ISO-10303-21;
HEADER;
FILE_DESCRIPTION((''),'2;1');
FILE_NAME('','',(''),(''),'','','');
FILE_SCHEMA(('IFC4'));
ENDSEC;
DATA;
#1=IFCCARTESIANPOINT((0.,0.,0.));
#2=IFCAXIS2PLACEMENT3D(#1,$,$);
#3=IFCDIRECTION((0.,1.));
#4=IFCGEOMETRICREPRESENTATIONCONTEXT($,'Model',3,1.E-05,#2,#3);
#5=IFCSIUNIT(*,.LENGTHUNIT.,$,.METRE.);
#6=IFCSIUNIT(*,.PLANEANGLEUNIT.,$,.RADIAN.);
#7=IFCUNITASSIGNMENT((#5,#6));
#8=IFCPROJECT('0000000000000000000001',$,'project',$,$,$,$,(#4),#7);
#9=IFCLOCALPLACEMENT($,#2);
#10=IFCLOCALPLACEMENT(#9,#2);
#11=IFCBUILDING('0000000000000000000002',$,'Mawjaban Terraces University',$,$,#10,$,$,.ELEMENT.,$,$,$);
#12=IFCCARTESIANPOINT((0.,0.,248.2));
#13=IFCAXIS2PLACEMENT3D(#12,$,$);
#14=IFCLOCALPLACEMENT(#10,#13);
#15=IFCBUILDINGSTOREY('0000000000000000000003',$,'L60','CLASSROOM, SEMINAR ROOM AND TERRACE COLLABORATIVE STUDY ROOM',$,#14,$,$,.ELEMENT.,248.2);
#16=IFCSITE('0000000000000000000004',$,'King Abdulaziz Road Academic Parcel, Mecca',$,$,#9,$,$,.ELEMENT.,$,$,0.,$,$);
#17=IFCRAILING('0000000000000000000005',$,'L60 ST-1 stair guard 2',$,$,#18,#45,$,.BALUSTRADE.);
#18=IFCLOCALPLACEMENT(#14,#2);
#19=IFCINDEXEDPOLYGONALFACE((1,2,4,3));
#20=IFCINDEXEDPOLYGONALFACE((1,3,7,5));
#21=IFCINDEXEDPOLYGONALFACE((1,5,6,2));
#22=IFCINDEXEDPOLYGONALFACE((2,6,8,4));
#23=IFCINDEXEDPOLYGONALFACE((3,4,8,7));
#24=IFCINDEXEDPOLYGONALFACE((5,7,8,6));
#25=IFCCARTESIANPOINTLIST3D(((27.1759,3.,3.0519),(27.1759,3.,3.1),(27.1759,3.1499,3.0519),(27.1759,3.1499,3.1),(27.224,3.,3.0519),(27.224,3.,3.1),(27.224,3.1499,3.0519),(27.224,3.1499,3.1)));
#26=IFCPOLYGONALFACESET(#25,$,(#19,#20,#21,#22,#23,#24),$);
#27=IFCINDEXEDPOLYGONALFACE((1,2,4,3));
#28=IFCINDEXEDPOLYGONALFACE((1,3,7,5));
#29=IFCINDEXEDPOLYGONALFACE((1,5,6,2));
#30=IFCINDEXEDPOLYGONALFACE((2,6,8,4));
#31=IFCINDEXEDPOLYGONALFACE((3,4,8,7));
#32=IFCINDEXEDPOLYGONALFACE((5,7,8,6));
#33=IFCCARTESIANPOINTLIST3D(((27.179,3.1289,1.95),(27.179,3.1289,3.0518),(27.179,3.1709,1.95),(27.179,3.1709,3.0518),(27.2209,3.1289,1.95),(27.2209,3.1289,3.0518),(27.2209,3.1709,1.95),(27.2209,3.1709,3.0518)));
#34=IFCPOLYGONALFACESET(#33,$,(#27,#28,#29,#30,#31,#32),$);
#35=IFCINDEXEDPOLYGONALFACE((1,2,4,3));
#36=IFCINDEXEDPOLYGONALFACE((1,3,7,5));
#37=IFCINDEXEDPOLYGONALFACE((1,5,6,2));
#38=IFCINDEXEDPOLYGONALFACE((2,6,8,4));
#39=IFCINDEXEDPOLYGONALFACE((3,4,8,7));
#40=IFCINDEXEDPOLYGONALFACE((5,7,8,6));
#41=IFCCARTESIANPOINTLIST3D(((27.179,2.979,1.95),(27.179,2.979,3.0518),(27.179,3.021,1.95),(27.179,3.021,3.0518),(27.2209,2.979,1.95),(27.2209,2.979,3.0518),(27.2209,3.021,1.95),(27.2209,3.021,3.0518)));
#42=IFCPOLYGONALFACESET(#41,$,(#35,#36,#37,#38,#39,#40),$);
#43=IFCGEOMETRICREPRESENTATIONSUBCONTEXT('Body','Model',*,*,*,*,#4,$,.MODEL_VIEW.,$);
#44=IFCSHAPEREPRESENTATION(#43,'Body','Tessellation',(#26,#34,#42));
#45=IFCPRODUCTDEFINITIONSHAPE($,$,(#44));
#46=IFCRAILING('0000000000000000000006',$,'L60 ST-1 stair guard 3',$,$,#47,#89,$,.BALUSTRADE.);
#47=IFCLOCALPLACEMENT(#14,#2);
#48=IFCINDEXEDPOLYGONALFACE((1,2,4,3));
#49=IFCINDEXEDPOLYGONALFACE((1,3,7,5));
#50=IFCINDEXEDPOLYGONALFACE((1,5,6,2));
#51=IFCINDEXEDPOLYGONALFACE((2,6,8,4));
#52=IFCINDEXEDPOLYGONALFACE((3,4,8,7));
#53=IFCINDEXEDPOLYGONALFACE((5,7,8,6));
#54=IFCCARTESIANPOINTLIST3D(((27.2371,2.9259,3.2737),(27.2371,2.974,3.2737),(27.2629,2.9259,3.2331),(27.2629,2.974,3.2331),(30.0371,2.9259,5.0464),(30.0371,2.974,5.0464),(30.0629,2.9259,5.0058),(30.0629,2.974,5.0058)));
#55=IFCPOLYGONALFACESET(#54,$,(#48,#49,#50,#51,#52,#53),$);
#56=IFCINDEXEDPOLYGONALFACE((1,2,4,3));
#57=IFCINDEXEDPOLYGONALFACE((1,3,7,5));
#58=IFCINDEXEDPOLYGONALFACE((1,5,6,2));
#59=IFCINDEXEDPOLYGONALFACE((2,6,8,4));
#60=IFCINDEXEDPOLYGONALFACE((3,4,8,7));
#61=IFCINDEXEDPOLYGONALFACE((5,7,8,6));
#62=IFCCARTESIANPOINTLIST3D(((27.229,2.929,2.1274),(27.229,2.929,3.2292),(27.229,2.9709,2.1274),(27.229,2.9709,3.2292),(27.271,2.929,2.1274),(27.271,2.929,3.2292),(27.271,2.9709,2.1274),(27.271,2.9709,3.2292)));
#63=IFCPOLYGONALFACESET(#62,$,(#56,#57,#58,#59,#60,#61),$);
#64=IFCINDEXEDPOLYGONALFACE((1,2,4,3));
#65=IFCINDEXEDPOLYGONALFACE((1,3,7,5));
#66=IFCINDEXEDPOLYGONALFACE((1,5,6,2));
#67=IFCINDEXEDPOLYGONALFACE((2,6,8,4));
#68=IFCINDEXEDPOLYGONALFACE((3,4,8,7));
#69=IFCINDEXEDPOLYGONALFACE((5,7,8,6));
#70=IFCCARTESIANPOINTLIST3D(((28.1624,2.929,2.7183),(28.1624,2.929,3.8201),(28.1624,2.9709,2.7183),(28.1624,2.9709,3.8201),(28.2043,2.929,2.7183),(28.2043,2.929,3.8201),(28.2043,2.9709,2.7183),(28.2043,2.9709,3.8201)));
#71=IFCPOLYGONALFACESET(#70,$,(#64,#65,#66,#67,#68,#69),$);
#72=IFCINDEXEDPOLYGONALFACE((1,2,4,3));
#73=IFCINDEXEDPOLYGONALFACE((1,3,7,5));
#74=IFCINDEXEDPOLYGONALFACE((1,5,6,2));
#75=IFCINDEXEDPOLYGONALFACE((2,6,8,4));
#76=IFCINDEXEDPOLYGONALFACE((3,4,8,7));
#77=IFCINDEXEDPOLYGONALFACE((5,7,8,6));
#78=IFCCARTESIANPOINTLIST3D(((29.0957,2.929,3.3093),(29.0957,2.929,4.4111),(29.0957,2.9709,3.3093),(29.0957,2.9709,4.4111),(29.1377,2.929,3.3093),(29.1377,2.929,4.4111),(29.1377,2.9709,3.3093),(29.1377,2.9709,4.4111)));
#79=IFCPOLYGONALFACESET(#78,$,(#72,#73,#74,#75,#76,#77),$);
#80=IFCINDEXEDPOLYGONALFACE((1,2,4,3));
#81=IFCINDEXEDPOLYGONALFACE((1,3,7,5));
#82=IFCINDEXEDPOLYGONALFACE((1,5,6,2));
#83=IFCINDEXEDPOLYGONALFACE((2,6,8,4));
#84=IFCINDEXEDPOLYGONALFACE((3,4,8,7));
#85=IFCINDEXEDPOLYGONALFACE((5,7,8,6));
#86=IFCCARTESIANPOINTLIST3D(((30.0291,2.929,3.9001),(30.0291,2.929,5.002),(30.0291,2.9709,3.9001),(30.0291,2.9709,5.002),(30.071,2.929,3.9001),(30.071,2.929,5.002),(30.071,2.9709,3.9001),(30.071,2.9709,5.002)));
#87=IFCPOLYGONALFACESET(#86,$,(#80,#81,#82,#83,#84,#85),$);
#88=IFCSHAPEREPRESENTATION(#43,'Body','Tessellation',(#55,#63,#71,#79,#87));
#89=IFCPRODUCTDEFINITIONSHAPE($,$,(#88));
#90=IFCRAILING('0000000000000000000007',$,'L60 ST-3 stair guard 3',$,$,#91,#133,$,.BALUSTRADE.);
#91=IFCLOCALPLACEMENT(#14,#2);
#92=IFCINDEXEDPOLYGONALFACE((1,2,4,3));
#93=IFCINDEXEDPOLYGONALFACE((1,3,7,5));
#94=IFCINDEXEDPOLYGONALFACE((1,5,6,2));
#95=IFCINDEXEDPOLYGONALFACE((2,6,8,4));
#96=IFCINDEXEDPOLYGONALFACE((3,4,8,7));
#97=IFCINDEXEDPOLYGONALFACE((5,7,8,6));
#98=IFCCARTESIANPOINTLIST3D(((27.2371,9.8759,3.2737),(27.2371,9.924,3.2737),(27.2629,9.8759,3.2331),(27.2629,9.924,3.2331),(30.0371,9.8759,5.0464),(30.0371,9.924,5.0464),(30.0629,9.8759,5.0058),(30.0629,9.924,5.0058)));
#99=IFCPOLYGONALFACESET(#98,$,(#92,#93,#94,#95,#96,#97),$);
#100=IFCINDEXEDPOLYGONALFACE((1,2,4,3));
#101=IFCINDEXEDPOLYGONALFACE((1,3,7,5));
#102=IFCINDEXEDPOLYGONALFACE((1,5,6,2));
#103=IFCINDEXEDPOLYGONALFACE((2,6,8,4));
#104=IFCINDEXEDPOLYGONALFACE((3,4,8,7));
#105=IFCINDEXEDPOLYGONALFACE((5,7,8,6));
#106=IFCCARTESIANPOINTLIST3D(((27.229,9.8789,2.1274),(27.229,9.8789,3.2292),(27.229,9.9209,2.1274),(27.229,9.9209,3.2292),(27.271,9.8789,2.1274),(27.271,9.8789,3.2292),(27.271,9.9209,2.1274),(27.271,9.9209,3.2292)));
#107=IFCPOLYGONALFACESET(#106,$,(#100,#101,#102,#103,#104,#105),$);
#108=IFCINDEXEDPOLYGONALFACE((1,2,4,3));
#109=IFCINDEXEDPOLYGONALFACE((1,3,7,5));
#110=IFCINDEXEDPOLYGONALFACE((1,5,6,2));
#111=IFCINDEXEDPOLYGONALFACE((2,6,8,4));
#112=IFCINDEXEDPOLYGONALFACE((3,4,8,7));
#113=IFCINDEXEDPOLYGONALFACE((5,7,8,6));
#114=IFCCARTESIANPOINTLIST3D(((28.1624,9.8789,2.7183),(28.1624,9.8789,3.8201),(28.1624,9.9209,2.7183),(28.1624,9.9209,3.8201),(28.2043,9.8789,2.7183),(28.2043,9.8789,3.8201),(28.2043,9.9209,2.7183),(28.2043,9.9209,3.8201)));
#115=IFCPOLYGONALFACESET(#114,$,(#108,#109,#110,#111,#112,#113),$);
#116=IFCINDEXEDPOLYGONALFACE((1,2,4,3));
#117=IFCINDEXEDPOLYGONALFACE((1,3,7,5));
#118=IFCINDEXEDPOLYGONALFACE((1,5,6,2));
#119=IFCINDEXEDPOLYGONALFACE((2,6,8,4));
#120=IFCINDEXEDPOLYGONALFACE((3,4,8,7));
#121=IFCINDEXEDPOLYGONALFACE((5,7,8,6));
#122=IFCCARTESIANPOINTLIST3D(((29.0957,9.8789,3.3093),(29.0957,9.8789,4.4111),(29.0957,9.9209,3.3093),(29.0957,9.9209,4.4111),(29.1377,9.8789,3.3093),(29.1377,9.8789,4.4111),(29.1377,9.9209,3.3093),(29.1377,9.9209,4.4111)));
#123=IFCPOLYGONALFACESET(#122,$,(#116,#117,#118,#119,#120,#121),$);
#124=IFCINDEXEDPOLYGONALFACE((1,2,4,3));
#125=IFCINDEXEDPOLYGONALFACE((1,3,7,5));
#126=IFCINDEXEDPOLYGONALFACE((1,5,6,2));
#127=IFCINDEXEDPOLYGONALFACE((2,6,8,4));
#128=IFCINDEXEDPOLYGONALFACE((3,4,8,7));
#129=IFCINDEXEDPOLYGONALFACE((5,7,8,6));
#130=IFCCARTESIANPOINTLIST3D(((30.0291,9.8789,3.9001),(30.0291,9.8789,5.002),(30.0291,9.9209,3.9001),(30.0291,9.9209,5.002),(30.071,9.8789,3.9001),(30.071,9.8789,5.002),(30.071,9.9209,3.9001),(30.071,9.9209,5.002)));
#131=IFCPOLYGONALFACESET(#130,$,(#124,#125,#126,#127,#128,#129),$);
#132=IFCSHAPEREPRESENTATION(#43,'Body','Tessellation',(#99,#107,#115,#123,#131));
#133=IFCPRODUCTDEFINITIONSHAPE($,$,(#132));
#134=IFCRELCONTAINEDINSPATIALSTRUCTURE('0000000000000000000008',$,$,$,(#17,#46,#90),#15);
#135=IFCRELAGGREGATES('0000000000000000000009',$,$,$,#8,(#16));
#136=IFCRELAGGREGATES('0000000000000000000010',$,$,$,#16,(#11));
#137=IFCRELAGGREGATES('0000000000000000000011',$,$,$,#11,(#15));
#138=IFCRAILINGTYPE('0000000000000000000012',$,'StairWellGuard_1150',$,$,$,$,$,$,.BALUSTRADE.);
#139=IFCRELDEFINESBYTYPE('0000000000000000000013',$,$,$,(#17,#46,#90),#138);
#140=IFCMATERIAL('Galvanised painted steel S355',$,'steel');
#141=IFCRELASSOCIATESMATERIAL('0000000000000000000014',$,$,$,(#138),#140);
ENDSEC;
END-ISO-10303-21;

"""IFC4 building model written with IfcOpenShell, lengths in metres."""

from ifc_helpers import new_model, si_unit, direction, frame, origin, origin_2d, place, context, subcontext, project, spatial, rectangle, extrude, material, type_object, element, save


model = new_model("IFC4")

# Units and contexts
model_context = context("Model", 3, precision=1e-05, world=origin(), true_north=direction((0.0, 1.0)))
body_context = subcontext(model_context, "Body", "Model", "MODEL_VIEW")
ifc_project = project(units=[si_unit("LENGTHUNIT", "METRE"), si_unit("PLANEANGLEUNIT", "RADIAN")], contexts=[model_context])

# Site, building, storey
site_placement = place(None, origin())
site = spatial("IfcSite", under=ifc_project, at=site_placement, Name="King Abdulaziz Road Academic Parcel, Mecca", CompositionType="ELEMENT", RefElevation=0.0)
building_placement = place(site_placement, origin())
building = spatial("IfcBuilding", under=site, at=building_placement, Name="Mawjaban Terraces University", CompositionType="ELEMENT")
storey_placement = place(building_placement, frame((0.0, 0.0, 248.2)))
storey = spatial("IfcBuildingStorey", under=building, at=storey_placement, Name="L60", Description="CLASSROOM, SEMINAR ROOM AND TERRACE COLLABORATIVE STUDY ROOM", CompositionType="ELEMENT", Elevation=248.2)

# Railings
ifc_material_1 = material(Name="Galvanised painted steel S355", Category="steel")
railing_type_1 = type_object("IfcRailingType", Name="StairWellGuard_1150", PredefinedType="BALUSTRADE", material=ifc_material_1)
railing_placement = place(storey_placement, frame((27.2, 3.1499, 1.95)))
element("IfcRailing", 1, at=railing_placement, inside=storey, type_object=railing_type_1, Name="L60 ST-1 stair guard 2", PredefinedType="BALUSTRADE", context=body_context, shape_type="SweptSolid", body=[
    extrude(rectangle(XDim=0.0481, YDim=0.0481, at=origin_2d()), frame((0.0, 0.0, 1.126), z_axis=(0.0, -1.0, 0.0), x_axis=(1.0, 0.0, 0.0)), (0.0, 0.0, 1.0), 0.1499),
    extrude(rectangle(XDim=0.042, YDim=0.042, at=origin_2d()), origin(), (0.0, 0.0, 1.0), 1.1018),
    extrude(rectangle(XDim=0.042, YDim=0.042, at=origin_2d()), frame((0.0, -0.1499, 0.0)), (0.0, 0.0, 1.0), 1.1018),
])
for number, where, name in (
    (2, (27.25, 2.95, 2.1274), "L60 ST-1 stair guard 3"),
    (3, (27.25, 9.8999, 2.1274), "L60 ST-3 stair guard 3"),
):
    element("IfcRailing", number, at=place(storey_placement, frame(where)), inside=storey, type_object=railing_type_1, Name=name, PredefinedType="BALUSTRADE", context=body_context, shape_type="SweptSolid", body=[
        extrude(rectangle(XDim=0.0481, YDim=0.0481, at=origin_2d()), frame((0.0, 0.0, 1.126), z_axis=(0.844909, 0.0, 0.53491), x_axis=(0.0, 1.0, 0.0)), (0.0, 0.0, 1.0), 3.314),
        extrude(rectangle(XDim=0.042, YDim=0.042, at=origin_2d()), origin(), (0.0, 0.0, 1.0), 1.1018),
        extrude(rectangle(XDim=0.042, YDim=0.042, at=origin_2d()), frame((0.9333, 0.0, 0.5908)), (0.0, 0.0, 1.0), 1.1018),
        extrude(rectangle(XDim=0.042, YDim=0.042, at=origin_2d()), frame((1.8667, 0.0, 1.1819)), (0.0, 0.0, 1.0), 1.1018),
        extrude(rectangle(XDim=0.042, YDim=0.042, at=origin_2d()), frame((2.8, 0.0, 1.7727)), (0.0, 0.0, 1.0), 1.1018),
    ])

save(model, "model.ifc")
